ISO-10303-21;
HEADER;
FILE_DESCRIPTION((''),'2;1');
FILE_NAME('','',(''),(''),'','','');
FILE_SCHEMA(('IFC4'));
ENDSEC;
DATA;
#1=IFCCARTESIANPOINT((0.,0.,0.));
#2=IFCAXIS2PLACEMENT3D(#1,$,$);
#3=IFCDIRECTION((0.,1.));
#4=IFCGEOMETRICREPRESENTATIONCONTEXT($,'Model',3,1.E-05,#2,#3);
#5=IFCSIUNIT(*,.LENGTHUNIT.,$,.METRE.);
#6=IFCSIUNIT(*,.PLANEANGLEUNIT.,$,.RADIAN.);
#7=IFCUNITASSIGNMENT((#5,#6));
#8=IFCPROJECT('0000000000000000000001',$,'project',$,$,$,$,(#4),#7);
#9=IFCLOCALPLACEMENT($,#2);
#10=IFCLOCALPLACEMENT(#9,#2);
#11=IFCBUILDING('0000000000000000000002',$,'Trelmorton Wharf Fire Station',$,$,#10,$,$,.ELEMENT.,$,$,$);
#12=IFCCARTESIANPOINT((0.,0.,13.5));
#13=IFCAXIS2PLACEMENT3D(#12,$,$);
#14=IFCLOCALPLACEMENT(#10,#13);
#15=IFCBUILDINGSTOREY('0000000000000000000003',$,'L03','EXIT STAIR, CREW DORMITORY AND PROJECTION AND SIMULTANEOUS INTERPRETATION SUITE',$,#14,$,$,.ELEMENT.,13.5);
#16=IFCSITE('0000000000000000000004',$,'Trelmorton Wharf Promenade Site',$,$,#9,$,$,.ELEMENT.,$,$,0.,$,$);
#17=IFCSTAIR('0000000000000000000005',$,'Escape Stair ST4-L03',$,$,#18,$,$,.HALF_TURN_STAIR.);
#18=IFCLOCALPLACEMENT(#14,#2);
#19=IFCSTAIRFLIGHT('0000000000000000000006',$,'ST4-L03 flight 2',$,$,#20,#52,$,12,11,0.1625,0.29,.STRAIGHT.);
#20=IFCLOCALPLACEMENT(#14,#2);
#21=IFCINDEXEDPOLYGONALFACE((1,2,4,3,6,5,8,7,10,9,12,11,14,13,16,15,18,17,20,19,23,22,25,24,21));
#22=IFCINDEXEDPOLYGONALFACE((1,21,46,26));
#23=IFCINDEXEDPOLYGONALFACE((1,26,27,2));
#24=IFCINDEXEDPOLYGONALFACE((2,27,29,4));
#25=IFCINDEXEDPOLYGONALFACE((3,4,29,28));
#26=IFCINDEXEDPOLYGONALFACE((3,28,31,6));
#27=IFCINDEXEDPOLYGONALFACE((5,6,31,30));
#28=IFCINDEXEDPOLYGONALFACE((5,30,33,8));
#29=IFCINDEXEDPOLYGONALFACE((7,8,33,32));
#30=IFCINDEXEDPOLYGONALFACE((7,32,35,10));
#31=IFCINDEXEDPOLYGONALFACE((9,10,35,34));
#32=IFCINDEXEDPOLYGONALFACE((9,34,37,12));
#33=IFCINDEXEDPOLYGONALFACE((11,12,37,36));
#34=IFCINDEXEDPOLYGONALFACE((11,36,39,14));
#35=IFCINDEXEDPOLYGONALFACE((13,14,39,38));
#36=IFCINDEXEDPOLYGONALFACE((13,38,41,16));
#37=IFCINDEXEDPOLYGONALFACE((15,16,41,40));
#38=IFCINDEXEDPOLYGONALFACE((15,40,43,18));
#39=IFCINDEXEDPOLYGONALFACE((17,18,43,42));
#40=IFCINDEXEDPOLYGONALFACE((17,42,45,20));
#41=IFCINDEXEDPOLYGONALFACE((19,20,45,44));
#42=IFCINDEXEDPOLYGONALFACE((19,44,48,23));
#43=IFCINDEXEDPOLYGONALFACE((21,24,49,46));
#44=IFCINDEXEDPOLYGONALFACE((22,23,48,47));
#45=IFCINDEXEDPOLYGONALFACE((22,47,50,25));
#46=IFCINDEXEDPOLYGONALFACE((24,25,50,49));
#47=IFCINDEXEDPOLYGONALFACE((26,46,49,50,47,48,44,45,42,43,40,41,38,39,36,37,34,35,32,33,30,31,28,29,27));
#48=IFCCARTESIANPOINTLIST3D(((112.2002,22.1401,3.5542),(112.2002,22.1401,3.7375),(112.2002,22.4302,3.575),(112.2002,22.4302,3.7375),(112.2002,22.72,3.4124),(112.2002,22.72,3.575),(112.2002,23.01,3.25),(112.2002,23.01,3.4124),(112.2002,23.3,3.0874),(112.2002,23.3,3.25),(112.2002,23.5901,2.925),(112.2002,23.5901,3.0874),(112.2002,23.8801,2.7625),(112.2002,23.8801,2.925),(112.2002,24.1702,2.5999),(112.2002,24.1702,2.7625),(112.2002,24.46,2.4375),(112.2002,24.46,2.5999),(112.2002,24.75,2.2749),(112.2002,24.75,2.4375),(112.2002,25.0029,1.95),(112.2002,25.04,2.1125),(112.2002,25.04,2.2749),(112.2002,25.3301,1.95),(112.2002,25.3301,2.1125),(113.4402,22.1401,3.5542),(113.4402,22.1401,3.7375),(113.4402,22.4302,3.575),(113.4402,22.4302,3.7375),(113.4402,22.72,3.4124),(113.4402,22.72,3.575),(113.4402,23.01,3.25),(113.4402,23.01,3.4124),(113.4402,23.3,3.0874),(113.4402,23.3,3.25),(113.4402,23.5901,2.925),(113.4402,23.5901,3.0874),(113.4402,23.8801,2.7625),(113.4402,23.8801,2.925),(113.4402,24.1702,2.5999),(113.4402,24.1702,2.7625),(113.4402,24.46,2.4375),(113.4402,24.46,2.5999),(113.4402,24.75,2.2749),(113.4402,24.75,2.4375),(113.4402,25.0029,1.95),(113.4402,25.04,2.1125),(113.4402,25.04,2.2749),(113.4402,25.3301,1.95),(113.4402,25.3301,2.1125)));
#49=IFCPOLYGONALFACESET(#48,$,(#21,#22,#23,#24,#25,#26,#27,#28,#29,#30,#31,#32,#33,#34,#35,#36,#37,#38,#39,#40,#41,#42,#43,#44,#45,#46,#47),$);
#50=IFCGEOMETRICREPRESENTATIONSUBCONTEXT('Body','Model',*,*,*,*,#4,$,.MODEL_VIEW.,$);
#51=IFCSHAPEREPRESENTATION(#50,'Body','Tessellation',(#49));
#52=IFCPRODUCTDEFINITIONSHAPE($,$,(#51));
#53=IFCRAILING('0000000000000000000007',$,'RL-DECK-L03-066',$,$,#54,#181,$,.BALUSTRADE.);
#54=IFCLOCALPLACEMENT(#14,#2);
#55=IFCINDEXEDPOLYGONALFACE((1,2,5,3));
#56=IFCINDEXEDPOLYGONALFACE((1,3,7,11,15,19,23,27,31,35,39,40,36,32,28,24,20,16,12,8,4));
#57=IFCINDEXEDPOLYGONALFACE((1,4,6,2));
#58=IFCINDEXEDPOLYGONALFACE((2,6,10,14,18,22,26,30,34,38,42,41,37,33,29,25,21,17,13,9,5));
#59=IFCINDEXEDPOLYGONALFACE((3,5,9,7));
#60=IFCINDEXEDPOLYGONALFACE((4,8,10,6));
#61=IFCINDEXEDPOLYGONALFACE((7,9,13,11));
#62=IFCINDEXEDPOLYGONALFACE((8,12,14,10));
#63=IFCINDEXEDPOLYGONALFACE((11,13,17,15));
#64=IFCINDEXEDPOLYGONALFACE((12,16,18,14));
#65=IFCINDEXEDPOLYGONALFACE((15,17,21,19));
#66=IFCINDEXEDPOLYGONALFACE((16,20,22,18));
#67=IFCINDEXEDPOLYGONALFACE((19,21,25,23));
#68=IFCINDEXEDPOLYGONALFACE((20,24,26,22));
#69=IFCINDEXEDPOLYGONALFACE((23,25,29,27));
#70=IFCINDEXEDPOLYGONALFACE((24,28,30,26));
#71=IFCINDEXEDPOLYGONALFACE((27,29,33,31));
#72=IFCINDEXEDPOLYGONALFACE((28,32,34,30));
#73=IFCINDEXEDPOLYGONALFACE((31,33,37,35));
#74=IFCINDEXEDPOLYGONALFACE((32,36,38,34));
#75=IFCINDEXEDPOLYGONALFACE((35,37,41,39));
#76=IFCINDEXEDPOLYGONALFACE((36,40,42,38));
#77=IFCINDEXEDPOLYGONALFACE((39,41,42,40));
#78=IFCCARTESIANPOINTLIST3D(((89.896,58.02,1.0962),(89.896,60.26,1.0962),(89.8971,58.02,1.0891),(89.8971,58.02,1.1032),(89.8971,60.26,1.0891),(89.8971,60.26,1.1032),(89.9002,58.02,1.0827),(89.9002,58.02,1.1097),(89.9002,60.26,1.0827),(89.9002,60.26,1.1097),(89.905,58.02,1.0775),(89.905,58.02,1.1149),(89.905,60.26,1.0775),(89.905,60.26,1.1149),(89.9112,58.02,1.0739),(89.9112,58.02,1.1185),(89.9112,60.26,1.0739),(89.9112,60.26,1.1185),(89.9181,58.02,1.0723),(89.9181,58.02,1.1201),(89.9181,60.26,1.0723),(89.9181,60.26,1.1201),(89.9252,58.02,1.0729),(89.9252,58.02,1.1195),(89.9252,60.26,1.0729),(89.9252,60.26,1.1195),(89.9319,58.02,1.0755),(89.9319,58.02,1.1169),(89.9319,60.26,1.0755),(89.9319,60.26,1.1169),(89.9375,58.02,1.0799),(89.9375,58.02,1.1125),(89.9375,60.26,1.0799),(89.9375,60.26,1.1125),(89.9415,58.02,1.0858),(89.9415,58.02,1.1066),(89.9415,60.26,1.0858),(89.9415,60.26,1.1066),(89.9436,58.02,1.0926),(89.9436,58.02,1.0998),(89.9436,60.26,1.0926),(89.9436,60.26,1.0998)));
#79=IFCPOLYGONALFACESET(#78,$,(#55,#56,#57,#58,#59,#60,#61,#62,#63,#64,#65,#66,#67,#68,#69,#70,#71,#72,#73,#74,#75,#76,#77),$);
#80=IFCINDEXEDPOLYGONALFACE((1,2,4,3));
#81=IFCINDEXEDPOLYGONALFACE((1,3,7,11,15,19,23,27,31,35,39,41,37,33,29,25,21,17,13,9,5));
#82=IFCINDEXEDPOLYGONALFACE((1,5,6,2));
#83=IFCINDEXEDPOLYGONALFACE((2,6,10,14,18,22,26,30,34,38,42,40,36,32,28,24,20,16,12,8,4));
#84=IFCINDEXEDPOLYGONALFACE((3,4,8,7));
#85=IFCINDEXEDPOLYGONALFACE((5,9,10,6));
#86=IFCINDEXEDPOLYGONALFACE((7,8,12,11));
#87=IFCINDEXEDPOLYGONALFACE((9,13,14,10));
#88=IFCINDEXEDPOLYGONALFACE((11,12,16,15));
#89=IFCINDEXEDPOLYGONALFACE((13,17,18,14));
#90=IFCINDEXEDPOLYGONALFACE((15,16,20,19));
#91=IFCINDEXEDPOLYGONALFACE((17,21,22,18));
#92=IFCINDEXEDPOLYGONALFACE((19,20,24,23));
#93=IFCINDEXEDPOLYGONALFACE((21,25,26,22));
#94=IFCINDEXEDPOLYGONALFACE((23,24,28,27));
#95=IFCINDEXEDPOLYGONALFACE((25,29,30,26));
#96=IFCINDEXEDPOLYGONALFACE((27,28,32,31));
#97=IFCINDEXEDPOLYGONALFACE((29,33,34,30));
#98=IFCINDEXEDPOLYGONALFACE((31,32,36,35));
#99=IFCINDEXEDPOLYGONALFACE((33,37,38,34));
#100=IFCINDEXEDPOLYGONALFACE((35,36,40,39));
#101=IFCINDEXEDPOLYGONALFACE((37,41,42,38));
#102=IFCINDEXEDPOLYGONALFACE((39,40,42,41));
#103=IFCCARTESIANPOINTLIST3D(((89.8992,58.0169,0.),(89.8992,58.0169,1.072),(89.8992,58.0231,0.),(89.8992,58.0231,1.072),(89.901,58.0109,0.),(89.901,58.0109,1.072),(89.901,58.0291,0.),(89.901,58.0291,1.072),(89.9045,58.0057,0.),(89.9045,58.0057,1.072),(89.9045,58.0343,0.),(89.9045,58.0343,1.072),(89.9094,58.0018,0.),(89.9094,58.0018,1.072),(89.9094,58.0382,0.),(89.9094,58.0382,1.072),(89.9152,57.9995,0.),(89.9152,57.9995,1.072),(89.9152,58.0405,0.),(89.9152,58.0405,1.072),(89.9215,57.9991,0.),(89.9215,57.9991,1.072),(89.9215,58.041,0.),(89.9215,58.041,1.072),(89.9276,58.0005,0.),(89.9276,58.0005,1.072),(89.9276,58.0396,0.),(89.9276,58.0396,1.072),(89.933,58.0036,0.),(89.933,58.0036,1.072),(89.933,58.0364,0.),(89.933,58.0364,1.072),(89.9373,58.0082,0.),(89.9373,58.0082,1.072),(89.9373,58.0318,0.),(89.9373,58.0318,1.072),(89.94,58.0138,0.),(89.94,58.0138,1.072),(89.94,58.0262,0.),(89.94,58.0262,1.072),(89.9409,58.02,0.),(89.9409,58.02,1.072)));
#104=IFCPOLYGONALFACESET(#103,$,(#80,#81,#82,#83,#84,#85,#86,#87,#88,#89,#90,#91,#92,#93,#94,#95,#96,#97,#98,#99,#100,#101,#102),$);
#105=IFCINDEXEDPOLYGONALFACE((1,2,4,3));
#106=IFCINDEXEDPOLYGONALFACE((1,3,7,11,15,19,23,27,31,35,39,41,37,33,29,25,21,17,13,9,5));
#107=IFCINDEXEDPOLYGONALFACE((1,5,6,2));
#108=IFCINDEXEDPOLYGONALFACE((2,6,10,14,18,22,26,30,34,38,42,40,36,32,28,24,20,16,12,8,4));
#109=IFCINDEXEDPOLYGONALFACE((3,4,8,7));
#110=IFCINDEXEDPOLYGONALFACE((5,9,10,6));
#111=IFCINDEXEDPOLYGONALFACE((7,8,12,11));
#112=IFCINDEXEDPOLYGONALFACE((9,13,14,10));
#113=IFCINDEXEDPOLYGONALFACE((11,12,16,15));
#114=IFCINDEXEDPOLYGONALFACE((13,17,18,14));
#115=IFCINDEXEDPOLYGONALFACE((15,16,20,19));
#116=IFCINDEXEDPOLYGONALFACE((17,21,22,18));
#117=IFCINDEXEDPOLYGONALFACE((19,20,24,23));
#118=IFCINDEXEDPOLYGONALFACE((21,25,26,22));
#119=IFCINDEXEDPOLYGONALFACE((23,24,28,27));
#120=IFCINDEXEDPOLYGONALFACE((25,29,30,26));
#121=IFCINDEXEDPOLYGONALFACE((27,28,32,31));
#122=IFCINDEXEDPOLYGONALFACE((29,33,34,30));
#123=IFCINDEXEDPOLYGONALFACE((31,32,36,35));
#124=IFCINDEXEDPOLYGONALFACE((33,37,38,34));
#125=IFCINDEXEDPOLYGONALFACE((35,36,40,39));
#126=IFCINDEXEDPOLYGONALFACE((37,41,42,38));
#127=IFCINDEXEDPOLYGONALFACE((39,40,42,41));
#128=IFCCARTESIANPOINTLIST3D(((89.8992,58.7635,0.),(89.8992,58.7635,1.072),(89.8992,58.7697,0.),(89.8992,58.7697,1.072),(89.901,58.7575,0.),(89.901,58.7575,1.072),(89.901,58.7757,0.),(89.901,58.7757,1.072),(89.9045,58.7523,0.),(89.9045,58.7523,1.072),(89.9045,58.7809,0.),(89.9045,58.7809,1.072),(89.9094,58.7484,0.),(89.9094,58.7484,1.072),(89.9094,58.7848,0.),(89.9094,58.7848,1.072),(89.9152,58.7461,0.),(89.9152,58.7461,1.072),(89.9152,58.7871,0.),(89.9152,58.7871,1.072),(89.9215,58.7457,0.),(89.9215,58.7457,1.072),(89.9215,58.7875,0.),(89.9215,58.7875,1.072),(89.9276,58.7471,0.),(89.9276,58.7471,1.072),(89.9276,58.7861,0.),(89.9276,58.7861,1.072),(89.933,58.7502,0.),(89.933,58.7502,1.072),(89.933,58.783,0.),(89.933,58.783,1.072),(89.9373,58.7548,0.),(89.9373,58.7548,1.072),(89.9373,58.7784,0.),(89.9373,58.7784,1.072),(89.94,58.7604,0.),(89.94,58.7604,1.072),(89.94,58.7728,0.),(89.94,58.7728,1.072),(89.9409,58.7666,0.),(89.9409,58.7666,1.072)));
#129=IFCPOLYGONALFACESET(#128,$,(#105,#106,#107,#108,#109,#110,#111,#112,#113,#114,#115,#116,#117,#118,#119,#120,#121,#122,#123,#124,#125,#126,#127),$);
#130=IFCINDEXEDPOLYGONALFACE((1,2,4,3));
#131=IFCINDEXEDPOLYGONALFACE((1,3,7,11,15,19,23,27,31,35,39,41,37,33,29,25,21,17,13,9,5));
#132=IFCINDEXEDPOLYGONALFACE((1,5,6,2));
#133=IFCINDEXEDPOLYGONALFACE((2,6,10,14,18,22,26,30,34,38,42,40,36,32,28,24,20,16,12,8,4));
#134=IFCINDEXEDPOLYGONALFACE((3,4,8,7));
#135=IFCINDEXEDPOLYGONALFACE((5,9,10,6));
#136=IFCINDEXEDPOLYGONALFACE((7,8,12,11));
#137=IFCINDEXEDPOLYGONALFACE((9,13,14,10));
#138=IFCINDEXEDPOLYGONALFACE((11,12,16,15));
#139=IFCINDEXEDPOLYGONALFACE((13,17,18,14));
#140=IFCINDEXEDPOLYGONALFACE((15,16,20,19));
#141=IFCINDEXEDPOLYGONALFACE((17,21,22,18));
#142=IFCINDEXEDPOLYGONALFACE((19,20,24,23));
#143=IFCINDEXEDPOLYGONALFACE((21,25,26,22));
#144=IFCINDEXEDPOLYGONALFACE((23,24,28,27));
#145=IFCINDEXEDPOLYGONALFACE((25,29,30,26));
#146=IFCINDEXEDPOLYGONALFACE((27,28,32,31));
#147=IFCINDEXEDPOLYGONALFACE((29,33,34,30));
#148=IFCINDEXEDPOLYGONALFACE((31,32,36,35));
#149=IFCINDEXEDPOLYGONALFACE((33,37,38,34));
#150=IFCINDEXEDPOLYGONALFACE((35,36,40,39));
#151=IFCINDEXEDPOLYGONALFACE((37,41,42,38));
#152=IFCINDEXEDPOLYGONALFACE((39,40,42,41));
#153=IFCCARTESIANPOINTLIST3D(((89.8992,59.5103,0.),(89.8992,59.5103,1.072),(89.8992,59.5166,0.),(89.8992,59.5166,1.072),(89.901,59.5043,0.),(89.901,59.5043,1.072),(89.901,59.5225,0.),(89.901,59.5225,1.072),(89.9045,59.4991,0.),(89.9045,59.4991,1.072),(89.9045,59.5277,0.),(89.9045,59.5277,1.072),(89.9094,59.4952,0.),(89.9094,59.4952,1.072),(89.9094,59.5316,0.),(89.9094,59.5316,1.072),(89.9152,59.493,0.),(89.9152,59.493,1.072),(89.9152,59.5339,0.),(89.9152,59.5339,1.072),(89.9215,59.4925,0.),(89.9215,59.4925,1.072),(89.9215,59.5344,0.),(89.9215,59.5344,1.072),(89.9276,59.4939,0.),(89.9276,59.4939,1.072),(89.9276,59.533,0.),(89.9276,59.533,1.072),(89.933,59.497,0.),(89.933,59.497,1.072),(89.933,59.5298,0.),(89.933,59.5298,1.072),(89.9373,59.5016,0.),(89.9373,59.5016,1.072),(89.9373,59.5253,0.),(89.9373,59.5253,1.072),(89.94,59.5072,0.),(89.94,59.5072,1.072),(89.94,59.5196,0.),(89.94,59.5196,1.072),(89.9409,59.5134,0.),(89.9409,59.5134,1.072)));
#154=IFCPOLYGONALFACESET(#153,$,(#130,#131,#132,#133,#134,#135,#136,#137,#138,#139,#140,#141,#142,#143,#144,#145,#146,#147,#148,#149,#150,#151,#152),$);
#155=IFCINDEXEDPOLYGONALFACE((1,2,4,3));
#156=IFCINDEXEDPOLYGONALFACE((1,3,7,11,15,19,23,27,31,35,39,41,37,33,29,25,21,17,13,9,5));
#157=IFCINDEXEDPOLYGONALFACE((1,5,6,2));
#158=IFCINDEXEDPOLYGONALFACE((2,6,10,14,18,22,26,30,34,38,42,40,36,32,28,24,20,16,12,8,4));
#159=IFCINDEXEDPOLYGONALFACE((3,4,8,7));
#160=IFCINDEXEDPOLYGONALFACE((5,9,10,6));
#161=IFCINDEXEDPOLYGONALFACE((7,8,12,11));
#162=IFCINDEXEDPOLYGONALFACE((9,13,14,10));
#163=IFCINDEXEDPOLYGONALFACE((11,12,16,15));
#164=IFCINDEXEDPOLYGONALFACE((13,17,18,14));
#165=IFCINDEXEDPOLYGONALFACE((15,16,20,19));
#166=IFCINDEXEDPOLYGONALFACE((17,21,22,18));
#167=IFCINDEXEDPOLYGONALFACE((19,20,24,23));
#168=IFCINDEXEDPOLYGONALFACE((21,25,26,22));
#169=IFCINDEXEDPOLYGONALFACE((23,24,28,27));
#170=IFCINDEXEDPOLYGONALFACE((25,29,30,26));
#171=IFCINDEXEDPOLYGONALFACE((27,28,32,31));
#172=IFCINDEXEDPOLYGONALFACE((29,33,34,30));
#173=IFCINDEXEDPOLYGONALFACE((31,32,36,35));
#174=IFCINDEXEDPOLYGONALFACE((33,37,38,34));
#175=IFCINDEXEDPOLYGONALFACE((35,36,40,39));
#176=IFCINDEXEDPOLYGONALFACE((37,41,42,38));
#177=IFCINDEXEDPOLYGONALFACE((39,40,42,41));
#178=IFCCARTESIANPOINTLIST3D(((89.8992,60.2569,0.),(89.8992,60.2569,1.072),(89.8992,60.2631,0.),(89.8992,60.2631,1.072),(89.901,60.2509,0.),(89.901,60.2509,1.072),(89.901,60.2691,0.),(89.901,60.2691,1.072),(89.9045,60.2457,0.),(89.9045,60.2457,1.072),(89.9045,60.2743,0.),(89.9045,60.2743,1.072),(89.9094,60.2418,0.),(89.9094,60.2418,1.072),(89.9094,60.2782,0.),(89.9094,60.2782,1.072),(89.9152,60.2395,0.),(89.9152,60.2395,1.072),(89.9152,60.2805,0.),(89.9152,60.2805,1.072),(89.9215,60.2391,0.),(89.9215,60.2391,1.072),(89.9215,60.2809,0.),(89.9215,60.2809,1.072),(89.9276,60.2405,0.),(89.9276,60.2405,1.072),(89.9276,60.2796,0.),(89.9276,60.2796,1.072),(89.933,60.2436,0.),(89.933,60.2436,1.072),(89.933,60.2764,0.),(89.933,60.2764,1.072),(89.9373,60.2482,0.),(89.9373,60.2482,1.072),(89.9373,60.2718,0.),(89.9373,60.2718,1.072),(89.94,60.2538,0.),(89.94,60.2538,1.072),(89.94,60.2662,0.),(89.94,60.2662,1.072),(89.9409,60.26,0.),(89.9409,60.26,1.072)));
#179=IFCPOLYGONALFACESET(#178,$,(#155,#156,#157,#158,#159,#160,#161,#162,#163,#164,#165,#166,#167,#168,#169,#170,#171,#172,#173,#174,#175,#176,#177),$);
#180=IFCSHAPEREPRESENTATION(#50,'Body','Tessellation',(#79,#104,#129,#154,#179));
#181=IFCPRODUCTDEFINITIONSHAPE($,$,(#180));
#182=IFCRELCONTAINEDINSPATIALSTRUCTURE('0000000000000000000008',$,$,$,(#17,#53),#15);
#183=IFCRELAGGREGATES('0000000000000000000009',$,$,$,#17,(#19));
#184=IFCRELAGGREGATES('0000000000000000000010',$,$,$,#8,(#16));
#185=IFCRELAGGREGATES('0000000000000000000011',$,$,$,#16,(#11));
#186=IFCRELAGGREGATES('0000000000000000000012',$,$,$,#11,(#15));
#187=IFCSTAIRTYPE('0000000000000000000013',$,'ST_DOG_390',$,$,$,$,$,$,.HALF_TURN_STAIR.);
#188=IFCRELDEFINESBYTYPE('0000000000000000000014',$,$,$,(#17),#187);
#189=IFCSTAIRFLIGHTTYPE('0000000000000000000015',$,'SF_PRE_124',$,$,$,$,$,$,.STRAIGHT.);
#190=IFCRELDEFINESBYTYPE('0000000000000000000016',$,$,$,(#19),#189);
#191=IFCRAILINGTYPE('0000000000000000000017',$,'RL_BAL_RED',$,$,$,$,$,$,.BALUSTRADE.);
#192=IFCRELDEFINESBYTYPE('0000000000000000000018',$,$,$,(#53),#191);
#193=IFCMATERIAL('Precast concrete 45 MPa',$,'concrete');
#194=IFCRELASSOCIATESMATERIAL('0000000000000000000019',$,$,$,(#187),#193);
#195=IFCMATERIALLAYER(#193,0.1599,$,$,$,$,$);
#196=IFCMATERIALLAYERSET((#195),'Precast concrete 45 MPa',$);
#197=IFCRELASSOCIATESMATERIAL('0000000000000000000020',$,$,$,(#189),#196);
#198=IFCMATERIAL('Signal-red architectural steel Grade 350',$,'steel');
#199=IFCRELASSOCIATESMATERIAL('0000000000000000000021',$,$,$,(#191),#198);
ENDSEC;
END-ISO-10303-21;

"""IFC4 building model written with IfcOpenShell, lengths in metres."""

from ifc_helpers import new_model, si_unit, direction, frame, origin, origin_2d, place, context, subcontext, project, spatial, polyline, circle, outline, extrude, material, layer, layer_set, type_object, element, aggregate, save


model = new_model("IFC4")

# Units and contexts
model_context = context("Model", 3, precision=1e-05, world=origin(), true_north=direction((0.0, 1.0)))
body_context = subcontext(model_context, "Body", "Model", "MODEL_VIEW")
ifc_project = project(units=[si_unit("LENGTHUNIT", "METRE"), si_unit("PLANEANGLEUNIT", "RADIAN")], contexts=[model_context])

# Site, building, storey
site_placement = place(None, origin())
site = spatial("IfcSite", under=ifc_project, at=site_placement, Name="Trelmorton Wharf Promenade Site", CompositionType="ELEMENT", RefElevation=0.0)
building_placement = place(site_placement, origin())
building = spatial("IfcBuilding", under=site, at=building_placement, Name="Trelmorton Wharf Fire Station", CompositionType="ELEMENT")
storey_placement = place(building_placement, frame((0.0, 0.0, 13.5)))
storey = spatial("IfcBuildingStorey", under=building, at=storey_placement, Name="L03", Description="EXIT STAIR, CREW DORMITORY AND PROJECTION AND SIMULTANEOUS INTERPRETATION SUITE", CompositionType="ELEMENT", Elevation=13.5)

# Shared definitions
ifc_material_1 = material(Name="Signal-red architectural steel Grade 350", Category="steel")

# Stair, stair flight
ifc_material_2 = material(Name="Precast concrete 45 MPa", Category="concrete")
stair_type = type_object("IfcStairType", Name="ST_DOG_390", PredefinedType="HALF_TURN_STAIR", material=ifc_material_2)
stair_placement = place(storey_placement, origin())
stair = element("IfcStair", 1, at=stair_placement, inside=storey, type_object=stair_type, Name="Escape Stair ST4-L03", PredefinedType="HALF_TURN_STAIR")
ifc_layer_1 = layer(ifc_material_2, 0.1599)
ifc_layer_set_1 = layer_set([ifc_layer_1], Name="Precast concrete 45 MPa")
stair_flight_type = type_object("IfcStairFlightType", Name="SF_PRE_124", PredefinedType="STRAIGHT", material=ifc_layer_set_1)
stair_flight_placement = place(storey_placement, frame((112.8201, 25.3301, 1.95), z_axis=(0.0, 0.0, 1.0), x_axis=(0.0, -1.0, 0.0)))
stair_flight = element("IfcStairFlight", 2, at=stair_flight_placement, type_object=stair_flight_type, Name="ST4-L03 flight 2", NumberOfRisers=12, NumberOfTreads=11, PredefinedType="STRAIGHT", RiserHeight=0.1625, TreadLength=0.29, context=body_context, shape_type="SweptSolid", body=[
    extrude(outline(polyline([(0.0, 0.0), (0.0, 0.1626), (0.29, 0.1626), (0.29, 0.325), (0.5801, 0.325), (0.5801, 0.4875), (0.8701, 0.4875), (0.8701, 0.6499), (1.1599, 0.6499), (1.1599, 0.8125), (1.45, 0.8125), (1.45, 0.9751), (1.74, 0.9751), (1.74, 1.1375), (2.03, 1.1375), (2.03, 1.3), (2.3201, 1.3), (2.3201, 1.4624), (2.6101, 1.4624), (2.6101, 1.625), (2.8999, 1.625), (2.8999, 1.7876), (3.1899, 1.7876), (3.1899, 1.95), (3.1899, 1.6042), (0.3271, 0.0), (0.0, 0.0)])), frame((0.0, 0.6201, 0.0), z_axis=(0.0, -1.0, 0.0), x_axis=(1.0, 0.0, 0.0)), (0.0, 0.0, 1.0), 1.24),
])
aggregate(stair, [stair_flight])

# Railing
railing_type_1 = type_object("IfcRailingType", Name="RL_BAL_RED", PredefinedType="BALUSTRADE", material=ifc_material_1)
railing_1_placement = place(storey_placement, frame((89.9199, 58.02, 0.0)))
element("IfcRailing", 3, at=railing_1_placement, inside=storey, type_object=railing_type_1, Name="RL-DECK-L03-066", PredefinedType="BALUSTRADE", context=body_context, shape_type="SweptSolid", body=[
    extrude(circle(Radius=0.0239, at=origin_2d()), frame((0.0, 0.0, 1.0962), z_axis=(0.0, 1.0, 0.0), x_axis=(-1.0, 0.0, 0.0)), (0.0, 0.0, 1.0), 2.24),
    extrude(circle(Radius=0.021, at=origin_2d()), origin(), (0.0, 0.0, 1.0), 1.072),
    extrude(circle(Radius=0.021, at=origin_2d()), frame((0.0, 0.7466, 0.0)), (0.0, 0.0, 1.0), 1.072),
    extrude(circle(Radius=0.021, at=origin_2d()), frame((0.0, 1.4934, 0.0)), (0.0, 0.0, 1.0), 1.072),
    extrude(circle(Radius=0.021, at=origin_2d()), frame((0.0, 2.24, 0.0)), (0.0, 0.0, 1.0), 1.072),
])

save(model, "model.ifc")
